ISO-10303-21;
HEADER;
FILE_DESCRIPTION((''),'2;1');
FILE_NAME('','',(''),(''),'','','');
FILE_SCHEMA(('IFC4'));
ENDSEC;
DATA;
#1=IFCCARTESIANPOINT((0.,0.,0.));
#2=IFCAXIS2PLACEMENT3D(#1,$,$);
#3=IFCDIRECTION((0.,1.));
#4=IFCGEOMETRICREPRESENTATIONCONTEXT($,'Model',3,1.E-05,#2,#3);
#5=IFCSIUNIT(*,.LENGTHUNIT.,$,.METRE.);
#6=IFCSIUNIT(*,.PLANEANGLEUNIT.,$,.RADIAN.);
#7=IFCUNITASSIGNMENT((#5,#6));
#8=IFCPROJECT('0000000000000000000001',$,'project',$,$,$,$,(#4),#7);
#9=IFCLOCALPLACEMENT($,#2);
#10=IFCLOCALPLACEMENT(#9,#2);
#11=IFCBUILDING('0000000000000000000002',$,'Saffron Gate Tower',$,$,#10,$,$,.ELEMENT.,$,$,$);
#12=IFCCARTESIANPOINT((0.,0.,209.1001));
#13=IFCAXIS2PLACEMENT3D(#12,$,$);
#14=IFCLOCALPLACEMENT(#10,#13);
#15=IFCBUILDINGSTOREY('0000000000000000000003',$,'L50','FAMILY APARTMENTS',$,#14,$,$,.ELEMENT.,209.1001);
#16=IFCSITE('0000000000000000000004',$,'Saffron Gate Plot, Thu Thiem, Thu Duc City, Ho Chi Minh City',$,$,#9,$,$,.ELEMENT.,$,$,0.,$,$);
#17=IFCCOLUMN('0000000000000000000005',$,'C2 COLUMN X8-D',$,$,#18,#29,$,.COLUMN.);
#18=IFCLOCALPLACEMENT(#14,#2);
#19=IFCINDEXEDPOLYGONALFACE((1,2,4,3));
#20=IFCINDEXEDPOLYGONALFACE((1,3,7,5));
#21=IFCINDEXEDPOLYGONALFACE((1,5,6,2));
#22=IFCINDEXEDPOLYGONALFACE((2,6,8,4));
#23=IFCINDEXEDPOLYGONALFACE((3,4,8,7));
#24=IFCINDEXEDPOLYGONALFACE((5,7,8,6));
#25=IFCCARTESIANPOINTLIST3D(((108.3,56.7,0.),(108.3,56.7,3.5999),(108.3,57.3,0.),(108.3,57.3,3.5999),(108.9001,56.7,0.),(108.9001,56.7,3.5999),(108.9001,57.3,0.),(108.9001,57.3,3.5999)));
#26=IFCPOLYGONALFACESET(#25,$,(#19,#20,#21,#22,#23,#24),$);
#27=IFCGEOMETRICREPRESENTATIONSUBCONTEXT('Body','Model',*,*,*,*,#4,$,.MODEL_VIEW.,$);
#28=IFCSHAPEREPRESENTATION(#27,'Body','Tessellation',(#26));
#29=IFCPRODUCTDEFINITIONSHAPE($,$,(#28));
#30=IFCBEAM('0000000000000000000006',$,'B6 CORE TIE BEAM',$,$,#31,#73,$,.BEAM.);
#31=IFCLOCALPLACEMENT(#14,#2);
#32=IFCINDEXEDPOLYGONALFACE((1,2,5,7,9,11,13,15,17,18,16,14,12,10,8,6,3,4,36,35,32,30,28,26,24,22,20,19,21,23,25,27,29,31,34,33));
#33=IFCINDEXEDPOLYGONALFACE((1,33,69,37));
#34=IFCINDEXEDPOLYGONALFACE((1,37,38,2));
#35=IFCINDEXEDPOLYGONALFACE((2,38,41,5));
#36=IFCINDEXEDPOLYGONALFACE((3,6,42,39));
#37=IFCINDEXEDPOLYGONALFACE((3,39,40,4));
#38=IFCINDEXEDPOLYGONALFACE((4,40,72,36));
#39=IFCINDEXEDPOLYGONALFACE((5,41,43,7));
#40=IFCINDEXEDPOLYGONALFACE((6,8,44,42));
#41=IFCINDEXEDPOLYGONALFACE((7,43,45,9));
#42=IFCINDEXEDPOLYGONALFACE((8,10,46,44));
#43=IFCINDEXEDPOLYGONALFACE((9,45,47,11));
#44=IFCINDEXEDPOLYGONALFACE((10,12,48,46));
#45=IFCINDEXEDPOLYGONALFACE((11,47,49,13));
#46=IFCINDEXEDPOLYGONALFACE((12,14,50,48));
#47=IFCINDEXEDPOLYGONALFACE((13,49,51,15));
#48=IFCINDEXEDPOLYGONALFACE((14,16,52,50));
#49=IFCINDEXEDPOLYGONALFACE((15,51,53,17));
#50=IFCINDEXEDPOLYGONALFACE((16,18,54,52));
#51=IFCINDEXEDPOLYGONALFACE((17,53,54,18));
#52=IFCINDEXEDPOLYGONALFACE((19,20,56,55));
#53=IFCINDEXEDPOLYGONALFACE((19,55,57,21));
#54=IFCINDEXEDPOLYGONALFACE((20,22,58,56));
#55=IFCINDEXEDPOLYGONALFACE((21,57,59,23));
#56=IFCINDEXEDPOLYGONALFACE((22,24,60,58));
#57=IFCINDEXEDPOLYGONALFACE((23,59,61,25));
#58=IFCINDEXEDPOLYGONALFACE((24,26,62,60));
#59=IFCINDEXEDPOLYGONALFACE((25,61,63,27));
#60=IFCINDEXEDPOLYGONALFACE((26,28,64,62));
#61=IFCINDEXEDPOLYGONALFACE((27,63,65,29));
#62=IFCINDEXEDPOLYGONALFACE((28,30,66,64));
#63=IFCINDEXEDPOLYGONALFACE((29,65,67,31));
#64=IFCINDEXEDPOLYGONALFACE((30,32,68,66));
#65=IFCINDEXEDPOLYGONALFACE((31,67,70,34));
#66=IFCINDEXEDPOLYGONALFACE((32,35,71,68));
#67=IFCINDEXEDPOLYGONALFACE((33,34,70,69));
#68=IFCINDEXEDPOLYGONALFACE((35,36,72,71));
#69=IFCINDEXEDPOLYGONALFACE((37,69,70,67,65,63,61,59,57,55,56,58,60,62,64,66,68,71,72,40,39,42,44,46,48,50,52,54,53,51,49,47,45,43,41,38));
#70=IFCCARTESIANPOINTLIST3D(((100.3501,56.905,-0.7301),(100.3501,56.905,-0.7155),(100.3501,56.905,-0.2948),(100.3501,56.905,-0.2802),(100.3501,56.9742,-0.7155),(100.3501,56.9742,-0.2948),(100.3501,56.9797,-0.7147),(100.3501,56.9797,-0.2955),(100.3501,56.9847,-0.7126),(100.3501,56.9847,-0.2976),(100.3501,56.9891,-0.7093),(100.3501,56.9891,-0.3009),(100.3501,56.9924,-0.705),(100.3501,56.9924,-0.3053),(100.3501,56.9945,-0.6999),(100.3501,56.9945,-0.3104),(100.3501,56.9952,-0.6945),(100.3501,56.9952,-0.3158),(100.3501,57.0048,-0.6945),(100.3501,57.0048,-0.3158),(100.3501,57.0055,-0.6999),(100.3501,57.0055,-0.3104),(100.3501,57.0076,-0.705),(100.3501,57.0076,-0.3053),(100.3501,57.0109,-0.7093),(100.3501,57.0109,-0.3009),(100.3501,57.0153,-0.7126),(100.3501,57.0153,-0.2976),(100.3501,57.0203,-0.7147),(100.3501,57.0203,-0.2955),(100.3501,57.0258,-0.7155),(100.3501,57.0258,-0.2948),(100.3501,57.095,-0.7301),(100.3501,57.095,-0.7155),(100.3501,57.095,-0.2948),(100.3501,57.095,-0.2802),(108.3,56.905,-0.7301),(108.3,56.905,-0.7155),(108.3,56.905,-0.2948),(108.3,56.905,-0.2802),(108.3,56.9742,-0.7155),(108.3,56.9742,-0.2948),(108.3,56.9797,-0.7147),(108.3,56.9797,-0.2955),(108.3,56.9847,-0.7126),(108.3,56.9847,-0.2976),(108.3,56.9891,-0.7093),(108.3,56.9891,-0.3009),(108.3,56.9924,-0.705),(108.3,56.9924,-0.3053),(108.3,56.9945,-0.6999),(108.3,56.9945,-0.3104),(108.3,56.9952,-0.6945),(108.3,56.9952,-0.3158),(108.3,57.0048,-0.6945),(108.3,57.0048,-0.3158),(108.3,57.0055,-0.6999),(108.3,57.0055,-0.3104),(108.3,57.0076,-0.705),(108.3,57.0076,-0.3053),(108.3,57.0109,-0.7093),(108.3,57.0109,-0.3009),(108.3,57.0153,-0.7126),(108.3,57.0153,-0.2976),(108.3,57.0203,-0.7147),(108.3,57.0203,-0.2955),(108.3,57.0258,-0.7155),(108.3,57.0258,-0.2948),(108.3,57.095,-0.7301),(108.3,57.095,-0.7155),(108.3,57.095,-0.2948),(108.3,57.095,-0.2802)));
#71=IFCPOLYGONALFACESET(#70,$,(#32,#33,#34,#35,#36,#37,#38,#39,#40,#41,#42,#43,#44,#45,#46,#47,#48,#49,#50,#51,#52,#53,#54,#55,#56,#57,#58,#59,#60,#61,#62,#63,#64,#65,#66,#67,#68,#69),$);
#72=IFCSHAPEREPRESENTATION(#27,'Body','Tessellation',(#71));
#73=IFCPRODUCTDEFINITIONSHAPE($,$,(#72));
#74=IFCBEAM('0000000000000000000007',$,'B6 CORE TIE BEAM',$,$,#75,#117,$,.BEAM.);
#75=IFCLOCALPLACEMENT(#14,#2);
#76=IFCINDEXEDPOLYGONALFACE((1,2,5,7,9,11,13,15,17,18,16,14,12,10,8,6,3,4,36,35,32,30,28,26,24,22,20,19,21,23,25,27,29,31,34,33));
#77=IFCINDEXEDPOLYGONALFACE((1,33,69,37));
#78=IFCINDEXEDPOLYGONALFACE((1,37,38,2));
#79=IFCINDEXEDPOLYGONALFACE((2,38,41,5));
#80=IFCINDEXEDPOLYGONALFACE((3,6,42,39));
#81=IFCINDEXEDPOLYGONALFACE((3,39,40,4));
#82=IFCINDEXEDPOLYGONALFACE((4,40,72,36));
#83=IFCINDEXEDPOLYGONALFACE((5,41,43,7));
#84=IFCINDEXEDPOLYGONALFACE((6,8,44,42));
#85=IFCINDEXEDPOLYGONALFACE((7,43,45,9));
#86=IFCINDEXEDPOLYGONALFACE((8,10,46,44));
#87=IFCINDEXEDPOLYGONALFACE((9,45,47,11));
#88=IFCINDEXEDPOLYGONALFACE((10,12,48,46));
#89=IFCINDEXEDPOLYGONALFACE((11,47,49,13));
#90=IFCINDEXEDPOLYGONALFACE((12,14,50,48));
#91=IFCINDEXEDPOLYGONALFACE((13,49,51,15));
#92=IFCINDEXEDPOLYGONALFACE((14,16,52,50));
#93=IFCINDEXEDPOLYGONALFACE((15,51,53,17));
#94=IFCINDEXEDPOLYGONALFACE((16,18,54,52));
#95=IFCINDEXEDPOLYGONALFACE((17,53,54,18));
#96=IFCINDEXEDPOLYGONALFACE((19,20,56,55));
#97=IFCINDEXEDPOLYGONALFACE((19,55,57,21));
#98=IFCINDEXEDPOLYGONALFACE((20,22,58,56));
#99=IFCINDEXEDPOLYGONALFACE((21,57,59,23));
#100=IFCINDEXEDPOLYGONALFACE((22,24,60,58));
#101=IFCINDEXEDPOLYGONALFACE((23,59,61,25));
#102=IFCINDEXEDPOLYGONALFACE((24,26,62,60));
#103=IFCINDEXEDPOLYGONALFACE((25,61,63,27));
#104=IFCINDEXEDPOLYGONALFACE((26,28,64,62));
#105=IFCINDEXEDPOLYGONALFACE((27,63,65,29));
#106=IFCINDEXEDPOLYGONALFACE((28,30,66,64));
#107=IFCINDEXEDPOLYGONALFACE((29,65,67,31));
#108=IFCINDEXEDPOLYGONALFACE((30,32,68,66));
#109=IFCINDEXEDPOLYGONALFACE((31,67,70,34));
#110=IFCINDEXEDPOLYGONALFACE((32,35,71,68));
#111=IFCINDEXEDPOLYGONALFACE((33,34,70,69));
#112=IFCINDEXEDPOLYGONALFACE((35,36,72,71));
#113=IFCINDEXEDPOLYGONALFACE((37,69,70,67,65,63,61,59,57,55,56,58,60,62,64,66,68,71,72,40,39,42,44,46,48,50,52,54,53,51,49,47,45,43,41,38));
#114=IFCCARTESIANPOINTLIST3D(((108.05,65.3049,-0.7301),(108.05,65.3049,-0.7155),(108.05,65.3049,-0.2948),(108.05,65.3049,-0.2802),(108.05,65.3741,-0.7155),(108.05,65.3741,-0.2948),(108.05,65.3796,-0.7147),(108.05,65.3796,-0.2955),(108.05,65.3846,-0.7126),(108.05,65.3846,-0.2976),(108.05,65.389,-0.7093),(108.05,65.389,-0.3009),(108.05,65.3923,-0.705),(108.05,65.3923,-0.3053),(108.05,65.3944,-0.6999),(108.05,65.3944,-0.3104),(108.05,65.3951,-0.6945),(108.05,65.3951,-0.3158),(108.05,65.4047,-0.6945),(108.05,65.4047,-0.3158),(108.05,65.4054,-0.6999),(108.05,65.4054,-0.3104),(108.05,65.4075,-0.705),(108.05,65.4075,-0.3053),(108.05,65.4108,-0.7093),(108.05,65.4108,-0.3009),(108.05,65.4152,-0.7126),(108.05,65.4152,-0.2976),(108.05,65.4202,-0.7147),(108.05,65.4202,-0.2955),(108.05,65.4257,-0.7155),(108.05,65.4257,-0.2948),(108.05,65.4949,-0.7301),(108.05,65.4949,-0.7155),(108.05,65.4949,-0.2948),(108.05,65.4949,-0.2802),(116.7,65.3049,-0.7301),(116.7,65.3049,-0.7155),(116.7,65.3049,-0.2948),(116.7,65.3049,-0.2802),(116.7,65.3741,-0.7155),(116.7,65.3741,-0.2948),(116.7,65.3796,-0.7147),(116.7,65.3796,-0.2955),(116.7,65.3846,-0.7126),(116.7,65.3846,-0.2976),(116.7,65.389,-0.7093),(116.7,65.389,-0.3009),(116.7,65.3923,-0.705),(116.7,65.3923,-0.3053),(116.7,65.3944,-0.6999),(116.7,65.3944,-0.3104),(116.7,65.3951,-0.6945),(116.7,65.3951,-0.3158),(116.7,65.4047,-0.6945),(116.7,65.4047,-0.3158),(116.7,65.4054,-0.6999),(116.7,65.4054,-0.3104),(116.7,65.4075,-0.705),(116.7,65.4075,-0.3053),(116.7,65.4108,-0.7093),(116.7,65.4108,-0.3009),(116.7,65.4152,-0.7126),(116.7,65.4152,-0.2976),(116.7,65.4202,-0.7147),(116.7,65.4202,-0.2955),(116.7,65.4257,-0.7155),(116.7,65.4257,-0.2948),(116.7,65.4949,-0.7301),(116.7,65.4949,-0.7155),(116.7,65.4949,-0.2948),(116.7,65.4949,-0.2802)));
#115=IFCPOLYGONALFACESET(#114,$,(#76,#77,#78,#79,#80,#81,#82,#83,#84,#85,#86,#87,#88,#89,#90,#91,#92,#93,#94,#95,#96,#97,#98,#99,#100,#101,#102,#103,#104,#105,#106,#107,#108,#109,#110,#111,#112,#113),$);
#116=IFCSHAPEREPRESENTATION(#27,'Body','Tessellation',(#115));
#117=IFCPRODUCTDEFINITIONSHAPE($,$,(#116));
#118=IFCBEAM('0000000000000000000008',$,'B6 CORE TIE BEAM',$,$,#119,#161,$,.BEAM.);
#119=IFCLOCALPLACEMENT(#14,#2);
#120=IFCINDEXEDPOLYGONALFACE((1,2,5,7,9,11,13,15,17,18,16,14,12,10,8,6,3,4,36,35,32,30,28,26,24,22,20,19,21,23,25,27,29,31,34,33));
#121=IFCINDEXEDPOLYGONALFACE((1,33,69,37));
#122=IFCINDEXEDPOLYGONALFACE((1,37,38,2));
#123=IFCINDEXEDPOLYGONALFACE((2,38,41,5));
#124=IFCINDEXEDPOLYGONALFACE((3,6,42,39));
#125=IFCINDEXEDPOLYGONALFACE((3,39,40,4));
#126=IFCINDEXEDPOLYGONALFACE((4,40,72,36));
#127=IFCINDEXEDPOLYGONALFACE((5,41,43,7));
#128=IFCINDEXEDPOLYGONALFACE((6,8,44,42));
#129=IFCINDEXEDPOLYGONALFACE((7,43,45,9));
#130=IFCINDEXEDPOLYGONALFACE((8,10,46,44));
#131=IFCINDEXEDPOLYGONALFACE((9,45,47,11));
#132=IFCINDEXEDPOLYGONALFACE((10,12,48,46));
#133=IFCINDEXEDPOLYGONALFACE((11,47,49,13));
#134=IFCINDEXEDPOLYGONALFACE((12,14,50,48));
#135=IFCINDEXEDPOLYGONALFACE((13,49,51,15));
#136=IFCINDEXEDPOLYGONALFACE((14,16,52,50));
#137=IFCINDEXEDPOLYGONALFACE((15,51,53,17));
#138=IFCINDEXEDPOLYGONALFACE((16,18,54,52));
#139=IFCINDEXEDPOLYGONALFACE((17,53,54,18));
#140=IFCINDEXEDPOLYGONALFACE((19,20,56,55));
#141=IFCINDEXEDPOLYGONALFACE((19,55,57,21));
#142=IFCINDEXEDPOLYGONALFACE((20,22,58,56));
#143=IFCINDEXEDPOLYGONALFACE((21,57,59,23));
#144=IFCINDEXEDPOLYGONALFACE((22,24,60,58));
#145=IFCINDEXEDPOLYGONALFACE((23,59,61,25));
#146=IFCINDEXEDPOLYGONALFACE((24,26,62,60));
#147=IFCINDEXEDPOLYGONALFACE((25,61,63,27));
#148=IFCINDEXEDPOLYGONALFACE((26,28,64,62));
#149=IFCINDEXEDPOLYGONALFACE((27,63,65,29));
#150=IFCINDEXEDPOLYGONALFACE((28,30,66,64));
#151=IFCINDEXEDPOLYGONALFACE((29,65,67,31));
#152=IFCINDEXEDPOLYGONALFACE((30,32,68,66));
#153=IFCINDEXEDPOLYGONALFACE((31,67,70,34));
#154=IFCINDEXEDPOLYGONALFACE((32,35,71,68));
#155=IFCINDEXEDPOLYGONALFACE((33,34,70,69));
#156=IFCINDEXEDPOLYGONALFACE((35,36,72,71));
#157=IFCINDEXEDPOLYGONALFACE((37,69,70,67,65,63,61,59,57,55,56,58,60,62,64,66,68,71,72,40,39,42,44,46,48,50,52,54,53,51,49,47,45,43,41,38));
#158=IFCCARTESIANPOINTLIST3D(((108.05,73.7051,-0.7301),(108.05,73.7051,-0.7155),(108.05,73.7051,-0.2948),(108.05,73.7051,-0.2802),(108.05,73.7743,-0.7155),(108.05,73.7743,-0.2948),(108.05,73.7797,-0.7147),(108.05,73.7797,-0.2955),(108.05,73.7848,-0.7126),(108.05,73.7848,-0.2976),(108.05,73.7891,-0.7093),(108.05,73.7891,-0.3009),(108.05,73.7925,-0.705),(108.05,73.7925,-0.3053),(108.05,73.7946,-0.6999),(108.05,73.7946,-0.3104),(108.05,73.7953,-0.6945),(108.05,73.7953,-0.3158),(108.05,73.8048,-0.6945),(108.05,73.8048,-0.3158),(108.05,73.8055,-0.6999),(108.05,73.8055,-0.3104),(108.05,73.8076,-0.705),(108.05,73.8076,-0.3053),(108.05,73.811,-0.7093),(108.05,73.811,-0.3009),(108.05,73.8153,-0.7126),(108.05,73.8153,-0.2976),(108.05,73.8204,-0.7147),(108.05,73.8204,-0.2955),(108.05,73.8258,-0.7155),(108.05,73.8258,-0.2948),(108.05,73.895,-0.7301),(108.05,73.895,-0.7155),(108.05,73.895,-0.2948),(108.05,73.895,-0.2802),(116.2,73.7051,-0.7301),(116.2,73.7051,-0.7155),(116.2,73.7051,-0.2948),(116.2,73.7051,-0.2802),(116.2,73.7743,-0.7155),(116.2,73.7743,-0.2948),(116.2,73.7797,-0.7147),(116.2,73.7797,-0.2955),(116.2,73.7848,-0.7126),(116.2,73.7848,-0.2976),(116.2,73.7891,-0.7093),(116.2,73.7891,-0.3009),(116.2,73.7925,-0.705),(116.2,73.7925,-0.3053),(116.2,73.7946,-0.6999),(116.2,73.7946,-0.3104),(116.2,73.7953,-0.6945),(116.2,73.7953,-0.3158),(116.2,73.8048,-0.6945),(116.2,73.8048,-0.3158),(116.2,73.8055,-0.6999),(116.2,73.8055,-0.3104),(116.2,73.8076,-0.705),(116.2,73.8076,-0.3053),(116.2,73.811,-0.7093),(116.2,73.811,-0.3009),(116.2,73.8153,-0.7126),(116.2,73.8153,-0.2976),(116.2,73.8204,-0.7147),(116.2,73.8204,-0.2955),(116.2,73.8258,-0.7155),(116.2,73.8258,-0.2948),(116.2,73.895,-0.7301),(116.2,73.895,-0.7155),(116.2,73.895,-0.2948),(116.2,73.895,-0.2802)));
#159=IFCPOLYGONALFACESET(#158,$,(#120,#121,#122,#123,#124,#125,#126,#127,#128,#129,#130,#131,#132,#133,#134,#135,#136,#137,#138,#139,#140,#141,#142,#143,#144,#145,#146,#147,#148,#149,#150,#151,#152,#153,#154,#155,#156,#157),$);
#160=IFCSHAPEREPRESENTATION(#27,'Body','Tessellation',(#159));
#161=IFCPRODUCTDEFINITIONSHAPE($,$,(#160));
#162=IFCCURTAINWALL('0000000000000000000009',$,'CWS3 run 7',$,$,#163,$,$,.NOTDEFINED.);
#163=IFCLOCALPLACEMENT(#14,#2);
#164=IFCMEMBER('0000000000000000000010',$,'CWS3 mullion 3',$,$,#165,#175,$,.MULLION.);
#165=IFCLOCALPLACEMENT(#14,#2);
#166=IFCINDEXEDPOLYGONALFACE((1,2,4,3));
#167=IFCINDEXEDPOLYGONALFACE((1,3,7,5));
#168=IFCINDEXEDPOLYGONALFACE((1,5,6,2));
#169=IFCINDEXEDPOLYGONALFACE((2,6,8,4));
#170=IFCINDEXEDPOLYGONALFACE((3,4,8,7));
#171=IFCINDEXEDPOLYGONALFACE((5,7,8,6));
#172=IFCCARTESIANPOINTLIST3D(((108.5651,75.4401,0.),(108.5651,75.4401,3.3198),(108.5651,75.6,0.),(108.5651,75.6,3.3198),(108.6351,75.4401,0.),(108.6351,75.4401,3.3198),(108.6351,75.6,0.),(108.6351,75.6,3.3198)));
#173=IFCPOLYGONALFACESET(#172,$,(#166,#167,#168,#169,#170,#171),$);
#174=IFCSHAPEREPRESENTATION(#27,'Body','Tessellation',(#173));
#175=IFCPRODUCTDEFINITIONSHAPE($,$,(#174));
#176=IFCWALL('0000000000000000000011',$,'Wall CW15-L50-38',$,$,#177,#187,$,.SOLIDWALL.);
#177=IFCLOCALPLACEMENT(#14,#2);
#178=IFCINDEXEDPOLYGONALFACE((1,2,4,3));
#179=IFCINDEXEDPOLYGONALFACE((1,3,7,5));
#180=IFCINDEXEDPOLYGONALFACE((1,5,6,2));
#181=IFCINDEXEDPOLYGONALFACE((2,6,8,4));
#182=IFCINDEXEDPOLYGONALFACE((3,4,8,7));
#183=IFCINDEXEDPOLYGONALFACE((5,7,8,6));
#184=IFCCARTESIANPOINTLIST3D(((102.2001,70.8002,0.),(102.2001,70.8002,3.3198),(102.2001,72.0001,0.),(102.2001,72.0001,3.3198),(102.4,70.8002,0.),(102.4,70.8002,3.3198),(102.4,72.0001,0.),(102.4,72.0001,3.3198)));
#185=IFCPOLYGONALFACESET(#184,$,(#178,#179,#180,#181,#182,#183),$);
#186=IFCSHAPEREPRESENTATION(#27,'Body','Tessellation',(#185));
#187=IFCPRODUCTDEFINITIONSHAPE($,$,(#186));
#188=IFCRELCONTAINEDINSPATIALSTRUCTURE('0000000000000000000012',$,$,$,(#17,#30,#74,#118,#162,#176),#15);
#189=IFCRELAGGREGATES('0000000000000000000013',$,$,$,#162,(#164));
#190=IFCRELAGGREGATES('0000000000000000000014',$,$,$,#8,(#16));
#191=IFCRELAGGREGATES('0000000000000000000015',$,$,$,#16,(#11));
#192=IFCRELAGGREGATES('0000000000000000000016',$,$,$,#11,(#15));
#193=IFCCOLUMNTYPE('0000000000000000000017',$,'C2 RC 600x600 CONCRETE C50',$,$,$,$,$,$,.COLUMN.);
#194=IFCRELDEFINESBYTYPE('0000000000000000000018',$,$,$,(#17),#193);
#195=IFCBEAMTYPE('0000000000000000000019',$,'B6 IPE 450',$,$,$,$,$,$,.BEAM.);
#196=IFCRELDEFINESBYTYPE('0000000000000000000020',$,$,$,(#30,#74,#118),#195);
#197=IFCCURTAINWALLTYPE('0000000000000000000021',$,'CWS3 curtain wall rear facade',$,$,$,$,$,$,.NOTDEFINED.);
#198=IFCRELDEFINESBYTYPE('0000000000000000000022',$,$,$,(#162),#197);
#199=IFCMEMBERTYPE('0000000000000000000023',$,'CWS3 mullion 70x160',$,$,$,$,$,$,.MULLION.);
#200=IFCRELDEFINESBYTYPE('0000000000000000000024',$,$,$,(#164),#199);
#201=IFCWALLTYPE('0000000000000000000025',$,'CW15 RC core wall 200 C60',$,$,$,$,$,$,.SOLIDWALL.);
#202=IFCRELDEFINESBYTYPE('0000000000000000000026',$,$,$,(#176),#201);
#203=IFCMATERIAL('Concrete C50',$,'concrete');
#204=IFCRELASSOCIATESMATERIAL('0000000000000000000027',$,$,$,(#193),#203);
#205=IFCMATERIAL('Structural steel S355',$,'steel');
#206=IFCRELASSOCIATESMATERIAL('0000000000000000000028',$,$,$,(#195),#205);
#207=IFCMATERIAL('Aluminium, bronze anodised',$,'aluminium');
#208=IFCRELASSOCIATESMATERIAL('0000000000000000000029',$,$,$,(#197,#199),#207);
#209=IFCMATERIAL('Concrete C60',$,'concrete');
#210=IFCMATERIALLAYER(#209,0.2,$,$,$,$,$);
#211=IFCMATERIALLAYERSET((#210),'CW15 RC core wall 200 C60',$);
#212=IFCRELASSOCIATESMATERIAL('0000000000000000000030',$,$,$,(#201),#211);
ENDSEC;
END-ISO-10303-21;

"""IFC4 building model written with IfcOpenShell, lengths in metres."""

from ifc_helpers import new_model, si_unit, direction, frame, frame_2d, origin, origin_2d, place, context, subcontext, project, spatial, rectangle, i_section, extrude, material, layer, layer_set, material_profile, profile_set, type_object, element, aggregate, save


model = new_model("IFC4")

# Units and contexts
model_context = context("Model", 3, precision=1e-05, world=origin(), true_north=direction((0.0, 1.0)))
body_context = subcontext(model_context, "Body", "Model", "MODEL_VIEW")
ifc_project = project(units=[si_unit("LENGTHUNIT", "METRE"), si_unit("PLANEANGLEUNIT", "RADIAN")], contexts=[model_context])

# Site, building, storey
site_placement = place(None, origin())
site = spatial("IfcSite", under=ifc_project, at=site_placement, Name="Saffron Gate Plot, Thu Thiem, Thu Duc City, Ho Chi Minh City", CompositionType="ELEMENT", RefElevation=0.0)
building_placement = place(site_placement, origin())
building = spatial("IfcBuilding", under=site, at=building_placement, Name="Saffron Gate Tower", CompositionType="ELEMENT")
storey_placement = place(building_placement, frame((0.0, 0.0, 209.1001)))
storey = spatial("IfcBuildingStorey", under=building, at=storey_placement, Name="L50", Description="FAMILY APARTMENTS", CompositionType="ELEMENT", Elevation=209.1001)

# Column
ifc_material_1 = material(Name="Concrete C50", Category="concrete")
ifc_material_profile_1 = material_profile(ifc_material_1, rectangle(XDim=0.6001, YDim=0.6001, at=origin_2d()))
ifc_profile_set_1 = profile_set([ifc_material_profile_1], Name="Concrete C50")
column_type = type_object("IfcColumnType", Name="C2 RC 600x600 CONCRETE C50", PredefinedType="COLUMN", material=ifc_profile_set_1)
column_placement = place(storey_placement, frame((108.6001, 57.0, 0.0), z_axis=(0.0, 0.0, 1.0), x_axis=(1.0, 0.0, 0.0)))
element("IfcColumn", 1, at=column_placement, inside=storey, type_object=column_type, Name="C2 COLUMN X8-D", PredefinedType="COLUMN", context=body_context, shape_type="SweptSolid", body=[
    extrude(rectangle(XDim=0.6001, YDim=0.6001, at=origin_2d()), origin(), (0.0, 0.0, 1.0), 3.5999),
])

# Beams
ifc_material_2 = material(Name="Structural steel S355", Category="steel")
ifc_material_profile_2 = material_profile(ifc_material_2, i_section(OverallWidth=0.1899, OverallDepth=0.45, WebThickness=0.0095, FlangeThickness=0.0146, FilletRadius=0.021, at=origin_2d()))
ifc_profile_set_2 = profile_set([ifc_material_profile_2], Name="Structural steel S355")
beam_type = type_object("IfcBeamType", Name="B6 IPE 450", PredefinedType="BEAM", material=ifc_profile_set_2)
beam_1_placement = place(storey_placement, frame((108.3, 57.0, -0.5051), z_axis=(-1.0, 0.0, 0.0), x_axis=(0.0, -1.0, 0.0)))
element("IfcBeam", 2, at=beam_1_placement, inside=storey, type_object=beam_type, Name="B6 CORE TIE BEAM", PredefinedType="BEAM", context=body_context, shape_type="SweptSolid", body=[
    extrude(i_section(OverallWidth=0.1899, OverallDepth=0.45, WebThickness=0.0095, FlangeThickness=0.0146, FilletRadius=0.021, at=origin_2d()), origin(), (0.0, 0.0, 1.0), 7.95),
])
beam_2_placement = place(storey_placement, frame((116.7, 65.3999, -0.5051), z_axis=(-1.0, 0.0, 0.0), x_axis=(0.0, -1.0, 0.0)))
element("IfcBeam", 3, at=beam_2_placement, inside=storey, type_object=beam_type, Name="B6 CORE TIE BEAM", PredefinedType="BEAM", context=body_context, shape_type="SweptSolid", body=[
    extrude(i_section(OverallWidth=0.1899, OverallDepth=0.45, WebThickness=0.0095, FlangeThickness=0.0146, FilletRadius=0.021, at=origin_2d()), origin(), (0.0, 0.0, 1.0), 8.6499),
])
beam_3_placement = place(storey_placement, frame((116.2, 73.8, -0.5051), z_axis=(-1.0, 0.0, 0.0), x_axis=(0.0, -1.0, 0.0)))
element("IfcBeam", 4, at=beam_3_placement, inside=storey, type_object=beam_type, Name="B6 CORE TIE BEAM", PredefinedType="BEAM", context=body_context, shape_type="SweptSolid", body=[
    extrude(i_section(OverallWidth=0.1899, OverallDepth=0.45, WebThickness=0.0095, FlangeThickness=0.0146, FilletRadius=0.021, at=origin_2d()), origin(), (0.0, 0.0, 1.0), 8.1499),
])

# Curtain wall, member
ifc_material_3 = material(Name="Aluminium, bronze anodised", Category="aluminium")
curtain_wall_type = type_object("IfcCurtainWallType", Name="CWS3 curtain wall rear facade", PredefinedType="NOTDEFINED", material=ifc_material_3)
curtain_wall_placement = place(storey_placement, origin())
curtain_wall = element("IfcCurtainWall", 5, at=curtain_wall_placement, inside=storey, type_object=curtain_wall_type, Name="CWS3 run 7", PredefinedType="NOTDEFINED")
ifc_material_profile_3 = material_profile(ifc_material_3, rectangle(XDim=0.1599, YDim=0.0701, at=origin_2d()))
ifc_profile_set_3 = profile_set([ifc_material_profile_3], Name="Aluminium, bronze anodised")
member_type = type_object("IfcMemberType", Name="CWS3 mullion 70x160", PredefinedType="MULLION", material=ifc_profile_set_3)
member_placement = place(storey_placement, frame((108.6001, 75.52, 0.0), z_axis=(0.0, 0.0, 1.0), x_axis=(0.0, -1.0, 0.0)))
member = element("IfcMember", 6, at=member_placement, type_object=member_type, Name="CWS3 mullion 3", PredefinedType="MULLION", context=body_context, shape_type="SweptSolid", body=[
    extrude(rectangle(XDim=0.1599, YDim=0.0701, at=origin_2d()), origin(), (0.0, 0.0, 1.0), 3.3198),
])
aggregate(curtain_wall, [member])

# Wall
ifc_material_4 = material(Name="Concrete C60", Category="concrete")
ifc_layer_1 = layer(ifc_material_4, 0.2)
ifc_layer_set_1 = layer_set([ifc_layer_1], Name="CW15 RC core wall 200 C60")
wall_type_1 = type_object("IfcWallType", Name="CW15 RC core wall 200 C60", PredefinedType="SOLIDWALL", material=ifc_layer_set_1)
wall_1_placement = place(storey_placement, frame((102.3, 70.8, 0.0), z_axis=(0.0, 0.0, 1.0), x_axis=(0.0, 1.0, 0.0)))
element("IfcWall", 7, at=wall_1_placement, inside=storey, type_object=wall_type_1, Name="Wall CW15-L50-38", PredefinedType="SOLIDWALL", context=body_context, shape_type="SweptSolid", body=[
    extrude(rectangle(XDim=1.2, YDim=0.2, at=frame_2d((0.6001, 0.0))), origin(), (0.0, 0.0, 1.0), 3.3198),
])

save(model, "model.ifc")
